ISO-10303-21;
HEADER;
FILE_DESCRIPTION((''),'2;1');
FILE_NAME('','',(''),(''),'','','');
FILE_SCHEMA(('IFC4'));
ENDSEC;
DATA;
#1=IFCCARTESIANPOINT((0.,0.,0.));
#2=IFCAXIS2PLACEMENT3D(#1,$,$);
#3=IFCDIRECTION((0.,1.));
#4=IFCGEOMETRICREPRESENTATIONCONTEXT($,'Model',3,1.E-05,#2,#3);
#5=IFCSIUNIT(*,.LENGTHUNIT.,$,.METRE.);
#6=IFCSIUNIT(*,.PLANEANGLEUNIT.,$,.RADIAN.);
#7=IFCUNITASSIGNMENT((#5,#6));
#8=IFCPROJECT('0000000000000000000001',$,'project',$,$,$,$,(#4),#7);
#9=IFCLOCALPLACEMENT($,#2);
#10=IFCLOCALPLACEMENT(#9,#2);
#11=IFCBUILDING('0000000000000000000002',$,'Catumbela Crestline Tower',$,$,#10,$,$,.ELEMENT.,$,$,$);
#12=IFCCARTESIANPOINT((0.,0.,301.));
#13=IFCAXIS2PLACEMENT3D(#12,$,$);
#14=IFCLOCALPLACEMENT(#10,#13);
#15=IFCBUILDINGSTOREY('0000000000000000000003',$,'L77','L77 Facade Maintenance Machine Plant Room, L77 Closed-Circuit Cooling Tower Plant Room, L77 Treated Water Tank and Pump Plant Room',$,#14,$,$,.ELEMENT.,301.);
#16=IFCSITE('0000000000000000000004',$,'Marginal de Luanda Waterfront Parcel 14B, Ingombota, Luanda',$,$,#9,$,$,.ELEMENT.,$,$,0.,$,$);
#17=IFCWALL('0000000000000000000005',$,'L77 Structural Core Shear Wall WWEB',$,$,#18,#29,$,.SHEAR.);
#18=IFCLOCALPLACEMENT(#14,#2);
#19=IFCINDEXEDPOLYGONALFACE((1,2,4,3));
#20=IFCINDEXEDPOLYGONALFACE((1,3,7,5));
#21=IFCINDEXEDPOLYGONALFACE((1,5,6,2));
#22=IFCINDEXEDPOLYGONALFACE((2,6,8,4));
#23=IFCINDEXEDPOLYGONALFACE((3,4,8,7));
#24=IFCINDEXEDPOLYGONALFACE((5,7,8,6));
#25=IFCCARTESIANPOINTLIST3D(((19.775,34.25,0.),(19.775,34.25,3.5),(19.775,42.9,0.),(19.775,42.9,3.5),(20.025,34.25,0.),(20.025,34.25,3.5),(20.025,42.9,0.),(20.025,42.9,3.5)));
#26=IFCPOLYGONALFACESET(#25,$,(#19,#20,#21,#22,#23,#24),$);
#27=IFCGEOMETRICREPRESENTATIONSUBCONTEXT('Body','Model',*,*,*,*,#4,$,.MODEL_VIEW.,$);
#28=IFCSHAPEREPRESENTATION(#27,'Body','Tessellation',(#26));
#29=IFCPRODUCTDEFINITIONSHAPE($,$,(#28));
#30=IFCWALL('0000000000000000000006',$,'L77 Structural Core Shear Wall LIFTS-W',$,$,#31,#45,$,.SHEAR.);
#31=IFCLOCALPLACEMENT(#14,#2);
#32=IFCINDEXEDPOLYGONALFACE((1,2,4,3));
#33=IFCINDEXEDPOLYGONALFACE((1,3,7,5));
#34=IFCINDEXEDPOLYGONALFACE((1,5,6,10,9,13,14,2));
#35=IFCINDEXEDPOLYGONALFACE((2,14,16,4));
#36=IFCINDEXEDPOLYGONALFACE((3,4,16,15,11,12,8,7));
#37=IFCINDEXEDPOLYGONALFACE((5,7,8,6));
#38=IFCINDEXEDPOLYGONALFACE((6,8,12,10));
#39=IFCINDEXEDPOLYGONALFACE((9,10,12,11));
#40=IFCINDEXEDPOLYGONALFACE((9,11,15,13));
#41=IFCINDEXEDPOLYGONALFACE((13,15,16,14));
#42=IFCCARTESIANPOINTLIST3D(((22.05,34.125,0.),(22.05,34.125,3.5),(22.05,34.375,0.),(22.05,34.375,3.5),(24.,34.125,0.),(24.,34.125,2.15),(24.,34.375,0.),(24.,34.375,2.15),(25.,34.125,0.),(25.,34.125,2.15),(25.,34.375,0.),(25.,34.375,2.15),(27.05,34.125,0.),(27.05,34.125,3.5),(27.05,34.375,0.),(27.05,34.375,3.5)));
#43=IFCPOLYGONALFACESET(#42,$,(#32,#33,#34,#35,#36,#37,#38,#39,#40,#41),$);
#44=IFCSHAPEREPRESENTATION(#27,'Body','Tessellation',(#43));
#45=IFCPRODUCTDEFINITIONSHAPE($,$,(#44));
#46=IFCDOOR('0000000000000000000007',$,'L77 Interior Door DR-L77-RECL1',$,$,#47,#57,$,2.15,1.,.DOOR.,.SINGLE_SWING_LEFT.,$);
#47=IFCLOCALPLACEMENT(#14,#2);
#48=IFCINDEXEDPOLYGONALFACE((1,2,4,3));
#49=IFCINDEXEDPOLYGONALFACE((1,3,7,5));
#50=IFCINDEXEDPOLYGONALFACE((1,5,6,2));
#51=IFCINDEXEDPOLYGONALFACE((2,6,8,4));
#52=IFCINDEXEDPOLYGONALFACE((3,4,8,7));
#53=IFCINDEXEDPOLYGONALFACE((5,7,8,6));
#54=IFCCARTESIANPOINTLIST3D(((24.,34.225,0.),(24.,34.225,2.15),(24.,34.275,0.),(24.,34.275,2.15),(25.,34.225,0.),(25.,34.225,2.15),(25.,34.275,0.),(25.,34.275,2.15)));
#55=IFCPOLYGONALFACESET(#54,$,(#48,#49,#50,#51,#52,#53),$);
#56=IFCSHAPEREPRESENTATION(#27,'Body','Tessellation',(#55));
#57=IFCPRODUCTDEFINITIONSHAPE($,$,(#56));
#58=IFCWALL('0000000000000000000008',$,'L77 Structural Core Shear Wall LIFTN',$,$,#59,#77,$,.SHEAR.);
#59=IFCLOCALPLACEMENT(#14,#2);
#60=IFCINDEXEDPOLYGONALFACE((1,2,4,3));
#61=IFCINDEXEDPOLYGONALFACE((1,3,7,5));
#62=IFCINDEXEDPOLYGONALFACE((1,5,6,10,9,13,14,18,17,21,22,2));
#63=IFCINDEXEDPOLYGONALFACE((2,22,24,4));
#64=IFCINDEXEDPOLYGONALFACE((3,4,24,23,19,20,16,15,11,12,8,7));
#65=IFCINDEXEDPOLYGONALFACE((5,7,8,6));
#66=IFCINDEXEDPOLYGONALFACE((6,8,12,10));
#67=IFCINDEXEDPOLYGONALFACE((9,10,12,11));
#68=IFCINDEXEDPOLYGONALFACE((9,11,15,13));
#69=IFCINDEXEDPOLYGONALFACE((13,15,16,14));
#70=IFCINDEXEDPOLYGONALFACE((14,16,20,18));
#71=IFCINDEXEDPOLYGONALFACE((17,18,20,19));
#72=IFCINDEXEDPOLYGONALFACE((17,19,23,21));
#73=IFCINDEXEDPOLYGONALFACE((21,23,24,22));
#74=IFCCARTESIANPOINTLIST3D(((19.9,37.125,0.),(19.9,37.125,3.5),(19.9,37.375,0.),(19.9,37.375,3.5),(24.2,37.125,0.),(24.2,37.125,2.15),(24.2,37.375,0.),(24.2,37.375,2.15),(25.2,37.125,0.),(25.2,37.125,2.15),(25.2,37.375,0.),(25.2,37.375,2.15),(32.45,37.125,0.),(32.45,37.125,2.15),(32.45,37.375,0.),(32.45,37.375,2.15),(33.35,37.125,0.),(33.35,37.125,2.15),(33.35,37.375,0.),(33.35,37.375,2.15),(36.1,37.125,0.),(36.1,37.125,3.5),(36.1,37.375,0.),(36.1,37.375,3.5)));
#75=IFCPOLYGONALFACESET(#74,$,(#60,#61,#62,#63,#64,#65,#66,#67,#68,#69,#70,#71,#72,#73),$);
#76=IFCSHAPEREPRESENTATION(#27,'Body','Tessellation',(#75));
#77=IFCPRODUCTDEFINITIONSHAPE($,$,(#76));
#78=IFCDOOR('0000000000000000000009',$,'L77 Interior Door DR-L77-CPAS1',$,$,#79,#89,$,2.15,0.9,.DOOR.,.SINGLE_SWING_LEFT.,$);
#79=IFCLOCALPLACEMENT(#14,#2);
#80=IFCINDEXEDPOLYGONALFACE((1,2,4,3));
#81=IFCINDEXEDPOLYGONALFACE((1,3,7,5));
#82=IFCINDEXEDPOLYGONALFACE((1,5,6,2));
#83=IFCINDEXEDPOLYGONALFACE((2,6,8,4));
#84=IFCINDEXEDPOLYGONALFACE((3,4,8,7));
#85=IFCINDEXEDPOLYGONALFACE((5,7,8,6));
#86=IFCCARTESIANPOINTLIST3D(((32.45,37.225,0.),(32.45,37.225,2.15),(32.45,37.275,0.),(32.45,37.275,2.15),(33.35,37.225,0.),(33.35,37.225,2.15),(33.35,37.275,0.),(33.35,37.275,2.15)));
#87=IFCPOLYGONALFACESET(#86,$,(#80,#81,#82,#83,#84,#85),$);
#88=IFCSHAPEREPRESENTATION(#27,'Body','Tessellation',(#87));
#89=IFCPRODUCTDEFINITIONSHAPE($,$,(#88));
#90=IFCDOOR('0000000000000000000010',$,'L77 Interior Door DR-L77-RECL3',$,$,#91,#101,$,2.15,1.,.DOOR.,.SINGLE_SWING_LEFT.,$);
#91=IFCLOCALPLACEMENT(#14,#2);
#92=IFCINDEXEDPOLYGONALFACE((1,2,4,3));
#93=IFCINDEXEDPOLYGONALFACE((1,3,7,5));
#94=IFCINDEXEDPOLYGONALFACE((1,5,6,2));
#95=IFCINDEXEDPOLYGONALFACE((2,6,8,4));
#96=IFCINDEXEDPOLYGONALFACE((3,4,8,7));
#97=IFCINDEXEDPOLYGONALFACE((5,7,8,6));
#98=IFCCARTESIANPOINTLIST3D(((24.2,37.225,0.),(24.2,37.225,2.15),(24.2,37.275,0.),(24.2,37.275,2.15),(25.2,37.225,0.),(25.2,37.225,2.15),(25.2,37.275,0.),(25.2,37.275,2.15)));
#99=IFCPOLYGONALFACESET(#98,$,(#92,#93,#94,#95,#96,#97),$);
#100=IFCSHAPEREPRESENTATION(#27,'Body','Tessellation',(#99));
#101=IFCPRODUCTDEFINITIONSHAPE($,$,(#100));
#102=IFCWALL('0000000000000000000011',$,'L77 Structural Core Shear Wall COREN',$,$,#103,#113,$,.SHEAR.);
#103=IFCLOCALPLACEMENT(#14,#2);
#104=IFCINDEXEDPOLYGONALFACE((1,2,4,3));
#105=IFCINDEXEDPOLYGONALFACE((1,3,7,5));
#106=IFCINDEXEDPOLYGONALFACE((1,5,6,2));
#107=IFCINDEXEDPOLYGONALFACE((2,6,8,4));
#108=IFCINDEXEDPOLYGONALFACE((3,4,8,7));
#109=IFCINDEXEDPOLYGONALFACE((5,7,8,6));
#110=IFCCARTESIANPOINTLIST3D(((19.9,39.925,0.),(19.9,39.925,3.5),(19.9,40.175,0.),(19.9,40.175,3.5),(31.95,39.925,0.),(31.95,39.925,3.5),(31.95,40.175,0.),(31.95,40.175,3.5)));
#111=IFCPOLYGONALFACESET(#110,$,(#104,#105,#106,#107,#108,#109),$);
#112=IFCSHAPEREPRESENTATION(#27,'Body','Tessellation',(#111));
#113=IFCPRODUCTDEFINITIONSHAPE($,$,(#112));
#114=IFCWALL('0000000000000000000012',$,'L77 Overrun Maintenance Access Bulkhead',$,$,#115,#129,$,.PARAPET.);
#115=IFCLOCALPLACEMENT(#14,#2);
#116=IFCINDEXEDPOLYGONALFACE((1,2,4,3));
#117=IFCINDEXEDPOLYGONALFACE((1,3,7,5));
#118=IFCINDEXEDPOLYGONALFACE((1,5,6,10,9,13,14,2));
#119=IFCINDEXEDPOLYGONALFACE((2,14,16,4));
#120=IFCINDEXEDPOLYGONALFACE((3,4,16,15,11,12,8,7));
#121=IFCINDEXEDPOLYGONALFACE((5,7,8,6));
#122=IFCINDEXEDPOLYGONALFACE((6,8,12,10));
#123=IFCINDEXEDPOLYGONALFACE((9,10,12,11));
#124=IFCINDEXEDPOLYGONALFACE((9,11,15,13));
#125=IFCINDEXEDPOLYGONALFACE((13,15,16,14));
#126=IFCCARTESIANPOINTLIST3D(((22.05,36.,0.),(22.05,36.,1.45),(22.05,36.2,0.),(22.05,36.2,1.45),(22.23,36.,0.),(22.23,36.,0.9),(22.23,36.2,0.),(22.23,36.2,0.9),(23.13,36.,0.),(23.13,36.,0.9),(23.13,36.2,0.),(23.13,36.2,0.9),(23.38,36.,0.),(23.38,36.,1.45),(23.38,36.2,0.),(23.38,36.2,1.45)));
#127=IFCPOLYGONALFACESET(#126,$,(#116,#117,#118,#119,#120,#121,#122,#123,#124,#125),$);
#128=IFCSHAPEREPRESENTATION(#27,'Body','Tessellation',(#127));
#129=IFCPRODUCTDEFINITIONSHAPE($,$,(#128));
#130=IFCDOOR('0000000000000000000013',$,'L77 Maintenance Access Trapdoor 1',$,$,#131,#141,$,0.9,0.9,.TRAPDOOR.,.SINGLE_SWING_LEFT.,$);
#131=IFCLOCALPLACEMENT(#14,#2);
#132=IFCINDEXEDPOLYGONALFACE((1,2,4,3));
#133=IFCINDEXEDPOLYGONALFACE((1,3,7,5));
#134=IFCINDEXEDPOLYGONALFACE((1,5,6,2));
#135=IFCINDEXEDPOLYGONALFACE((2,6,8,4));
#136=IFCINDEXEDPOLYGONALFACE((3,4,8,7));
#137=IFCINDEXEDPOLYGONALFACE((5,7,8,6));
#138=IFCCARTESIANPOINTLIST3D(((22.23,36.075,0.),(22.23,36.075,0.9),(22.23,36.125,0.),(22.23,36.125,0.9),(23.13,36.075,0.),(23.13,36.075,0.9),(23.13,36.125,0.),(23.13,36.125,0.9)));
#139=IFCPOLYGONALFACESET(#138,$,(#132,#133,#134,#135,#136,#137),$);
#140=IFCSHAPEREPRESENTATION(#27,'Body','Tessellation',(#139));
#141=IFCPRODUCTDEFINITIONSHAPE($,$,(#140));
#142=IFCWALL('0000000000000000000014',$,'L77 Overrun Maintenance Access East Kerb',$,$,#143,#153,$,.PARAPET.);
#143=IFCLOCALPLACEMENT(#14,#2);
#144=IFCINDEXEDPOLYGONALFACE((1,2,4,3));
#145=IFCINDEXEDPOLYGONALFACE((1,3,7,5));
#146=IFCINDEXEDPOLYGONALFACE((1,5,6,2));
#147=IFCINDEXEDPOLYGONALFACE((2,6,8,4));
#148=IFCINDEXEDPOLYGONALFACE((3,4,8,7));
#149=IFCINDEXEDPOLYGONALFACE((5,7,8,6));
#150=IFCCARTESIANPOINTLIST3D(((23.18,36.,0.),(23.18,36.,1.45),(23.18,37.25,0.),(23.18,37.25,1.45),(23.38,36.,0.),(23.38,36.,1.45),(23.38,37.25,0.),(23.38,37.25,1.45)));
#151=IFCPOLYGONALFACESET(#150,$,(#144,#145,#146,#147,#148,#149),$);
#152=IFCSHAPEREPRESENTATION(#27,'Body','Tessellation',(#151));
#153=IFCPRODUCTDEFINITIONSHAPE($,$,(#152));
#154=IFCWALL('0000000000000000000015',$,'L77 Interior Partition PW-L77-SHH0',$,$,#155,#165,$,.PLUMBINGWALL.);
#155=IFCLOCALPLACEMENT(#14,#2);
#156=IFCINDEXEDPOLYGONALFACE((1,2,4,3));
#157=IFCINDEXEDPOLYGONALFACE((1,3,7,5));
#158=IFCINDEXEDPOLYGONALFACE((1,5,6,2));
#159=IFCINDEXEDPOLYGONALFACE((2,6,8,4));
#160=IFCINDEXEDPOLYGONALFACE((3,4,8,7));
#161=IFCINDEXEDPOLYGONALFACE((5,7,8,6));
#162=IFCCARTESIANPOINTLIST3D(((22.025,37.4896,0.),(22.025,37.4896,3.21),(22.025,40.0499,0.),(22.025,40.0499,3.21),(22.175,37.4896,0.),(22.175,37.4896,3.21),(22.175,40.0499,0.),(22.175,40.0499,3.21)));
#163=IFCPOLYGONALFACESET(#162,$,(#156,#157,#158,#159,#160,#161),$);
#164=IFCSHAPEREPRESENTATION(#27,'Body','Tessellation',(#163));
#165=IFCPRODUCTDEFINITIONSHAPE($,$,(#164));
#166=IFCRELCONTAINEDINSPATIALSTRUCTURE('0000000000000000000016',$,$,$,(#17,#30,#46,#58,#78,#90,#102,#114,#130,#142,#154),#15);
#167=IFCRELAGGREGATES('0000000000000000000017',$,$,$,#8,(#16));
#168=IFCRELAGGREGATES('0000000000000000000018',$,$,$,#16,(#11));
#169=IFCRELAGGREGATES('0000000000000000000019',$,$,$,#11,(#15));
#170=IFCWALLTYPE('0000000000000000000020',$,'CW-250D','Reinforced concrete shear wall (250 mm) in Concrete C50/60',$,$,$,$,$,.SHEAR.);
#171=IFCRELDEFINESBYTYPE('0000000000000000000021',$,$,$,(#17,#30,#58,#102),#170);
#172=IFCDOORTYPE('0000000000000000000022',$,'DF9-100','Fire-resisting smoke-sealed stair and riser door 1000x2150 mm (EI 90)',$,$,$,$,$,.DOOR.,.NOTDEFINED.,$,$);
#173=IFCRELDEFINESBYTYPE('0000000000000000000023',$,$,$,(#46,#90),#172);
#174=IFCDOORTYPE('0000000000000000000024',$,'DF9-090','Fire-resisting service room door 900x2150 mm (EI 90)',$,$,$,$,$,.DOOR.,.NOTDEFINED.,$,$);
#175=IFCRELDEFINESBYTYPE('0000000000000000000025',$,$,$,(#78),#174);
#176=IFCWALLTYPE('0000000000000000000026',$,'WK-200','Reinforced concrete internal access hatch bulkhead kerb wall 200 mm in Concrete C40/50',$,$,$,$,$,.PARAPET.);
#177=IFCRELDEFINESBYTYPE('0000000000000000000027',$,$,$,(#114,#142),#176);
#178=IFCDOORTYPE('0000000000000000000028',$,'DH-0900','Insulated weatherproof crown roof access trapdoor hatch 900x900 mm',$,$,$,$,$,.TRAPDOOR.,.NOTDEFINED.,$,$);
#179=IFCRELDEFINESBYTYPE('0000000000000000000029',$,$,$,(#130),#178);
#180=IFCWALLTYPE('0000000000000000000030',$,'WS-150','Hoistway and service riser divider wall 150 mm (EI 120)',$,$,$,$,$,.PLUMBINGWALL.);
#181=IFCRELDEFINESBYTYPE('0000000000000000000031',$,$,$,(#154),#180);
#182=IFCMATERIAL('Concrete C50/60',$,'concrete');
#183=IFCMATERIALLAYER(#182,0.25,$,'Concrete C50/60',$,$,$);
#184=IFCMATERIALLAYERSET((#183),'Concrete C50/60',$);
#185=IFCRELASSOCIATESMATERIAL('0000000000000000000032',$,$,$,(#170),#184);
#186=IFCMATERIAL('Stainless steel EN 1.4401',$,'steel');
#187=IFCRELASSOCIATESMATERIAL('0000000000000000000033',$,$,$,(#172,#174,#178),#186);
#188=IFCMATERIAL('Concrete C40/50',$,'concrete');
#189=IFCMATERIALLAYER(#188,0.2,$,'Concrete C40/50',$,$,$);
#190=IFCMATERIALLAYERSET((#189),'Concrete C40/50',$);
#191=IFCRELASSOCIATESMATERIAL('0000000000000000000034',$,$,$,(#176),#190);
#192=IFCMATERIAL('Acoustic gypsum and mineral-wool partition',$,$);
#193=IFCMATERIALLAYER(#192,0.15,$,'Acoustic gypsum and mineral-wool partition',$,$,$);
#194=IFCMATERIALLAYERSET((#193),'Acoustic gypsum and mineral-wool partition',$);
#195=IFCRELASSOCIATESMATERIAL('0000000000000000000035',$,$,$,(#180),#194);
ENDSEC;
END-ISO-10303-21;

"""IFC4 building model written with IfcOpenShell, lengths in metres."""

from ifc_helpers import new_model, si_unit, direction, frame, frame_2d, origin, place, context, subcontext, project, spatial, rectangle, extrude, material, layer, layer_set, type_object, element, fill, save


model = new_model("IFC4")

# Units and contexts
model_context = context("Model", 3, precision=1e-05, world=origin(), true_north=direction((0.0, 1.0)))
body_context = subcontext(model_context, "Body", "Model", "MODEL_VIEW")
ifc_project = project(units=[si_unit("LENGTHUNIT", "METRE"), si_unit("PLANEANGLEUNIT", "RADIAN")], contexts=[model_context])

# Site, building, storey
site_placement = place(None, origin())
site = spatial("IfcSite", under=ifc_project, at=site_placement, Name="Marginal de Luanda Waterfront Parcel 14B, Ingombota, Luanda", CompositionType="ELEMENT", RefElevation=0.0)
building_placement = place(site_placement, origin())
building = spatial("IfcBuilding", under=site, at=building_placement, Name="Catumbela Crestline Tower", CompositionType="ELEMENT")
storey_placement = place(building_placement, frame((0.0, 0.0, 301.0)))
storey = spatial("IfcBuildingStorey", under=building, at=storey_placement, Name="L77", Description="L77 Facade Maintenance Machine Plant Room, L77 Closed-Circuit Cooling Tower Plant Room, L77 Treated Water Tank and Pump Plant Room", CompositionType="ELEMENT", Elevation=301.0)

# Wall
ifc_material_1 = material(Name="Concrete C50/60", Category="concrete")
ifc_layer_1 = layer(ifc_material_1, 0.25, Name="Concrete C50/60")
ifc_layer_set_1 = layer_set([ifc_layer_1], Name="Concrete C50/60")
wall_type_1 = type_object("IfcWallType", Name="CW-250D", Description="Reinforced concrete shear wall (250 mm) in Concrete C50/60", PredefinedType="SHEAR", material=ifc_layer_set_1)
wall_1_placement = place(storey_placement, frame((19.9, 34.25, 0.0), z_axis=(0.0, 0.0, 1.0), x_axis=(0.0, 1.0, 0.0)))
element("IfcWall", 1, at=wall_1_placement, inside=storey, type_object=wall_type_1, Name="L77 Structural Core Shear Wall WWEB", PredefinedType="SHEAR", context=body_context, shape_type="SweptSolid", body=[
    extrude(rectangle(XDim=8.65, YDim=0.25, at=frame_2d((4.325, 0.0))), origin(), (0.0, 0.0, 1.0), 3.5),
])

# Wall, opening, door
wall_2_placement = place(storey_placement, frame((22.05, 34.25, 0.0), z_axis=(0.0, 0.0, 1.0), x_axis=(1.0, 0.0, 0.0)))
wall_2 = element("IfcWall", 2, at=wall_2_placement, inside=storey, type_object=wall_type_1, Name="L77 Structural Core Shear Wall LIFTS-W", PredefinedType="SHEAR", context=body_context, shape_type="SweptSolid", body=[
    extrude(rectangle(XDim=5.0, YDim=0.25, at=frame_2d((2.5, 0.0))), origin(), (0.0, 0.0, 1.0), 3.5),
])
opening_1_placement = place(wall_2_placement, frame((1.95, 0.0, 0.0)))
opening_1 = element("IfcOpeningElement", 3, at=opening_1_placement, cuts=wall_2, PredefinedType="OPENING", context=body_context, shape_type="SweptSolid", body=[
    extrude(rectangle(XDim=1.0, YDim=2.15, at=frame_2d((0.5, 1.075))), frame((0.0, 0.135, 0.0), z_axis=(0.0, -1.0, 0.0), x_axis=(1.0, 0.0, 0.0)), (0.0, 0.0, 1.0), 0.27),
])
ifc_material_2 = material(Name="Stainless steel EN 1.4401", Category="steel")
door_type_1 = type_object("IfcDoorType", Name="DF9-100", Description="Fire-resisting smoke-sealed stair and riser door 1000x2150 mm (EI 90)", OperationType="NOTDEFINED", PredefinedType="DOOR", material=ifc_material_2)
door_1_placement = place(opening_1_placement, origin())
door_1 = element("IfcDoor", 4, at=door_1_placement, inside=storey, type_object=door_type_1, Name="L77 Interior Door DR-L77-RECL1", OperationType="SINGLE_SWING_LEFT", OverallHeight=2.15, OverallWidth=1.0, PredefinedType="DOOR", context=body_context, shape_type="SweptSolid", body=[
    extrude(rectangle(XDim=1.0, YDim=2.15, at=frame_2d((0.5, 1.075))), frame((0.0, 0.025, 0.0), z_axis=(0.0, -1.0, 0.0), x_axis=(1.0, 0.0, 0.0)), (0.0, 0.0, 1.0), 0.05),
])
fill(opening_1, door_1)

# Wall, openings, doors
wall_3_placement = place(storey_placement, frame((19.9, 37.25, 0.0), z_axis=(0.0, 0.0, 1.0), x_axis=(1.0, 0.0, 0.0)))
wall_3 = element("IfcWall", 5, at=wall_3_placement, inside=storey, type_object=wall_type_1, Name="L77 Structural Core Shear Wall LIFTN", PredefinedType="SHEAR", context=body_context, shape_type="SweptSolid", body=[
    extrude(rectangle(XDim=16.2, YDim=0.25, at=frame_2d((8.1, 0.0))), origin(), (0.0, 0.0, 1.0), 3.5),
])
opening_2_placement = place(wall_3_placement, frame((4.3, 0.0, 0.0)))
opening_2 = element("IfcOpeningElement", 6, at=opening_2_placement, cuts=wall_3, PredefinedType="OPENING", context=body_context, shape_type="SweptSolid", body=[
    extrude(rectangle(XDim=1.0, YDim=2.15, at=frame_2d((0.5, 1.075))), frame((0.0, 0.135, 0.0), z_axis=(0.0, -1.0, 0.0), x_axis=(1.0, 0.0, 0.0)), (0.0, 0.0, 1.0), 0.27),
])
opening_3_placement = place(wall_3_placement, frame((12.55, 0.0, 0.0)))
opening_3 = element("IfcOpeningElement", 7, at=opening_3_placement, cuts=wall_3, PredefinedType="OPENING", context=body_context, shape_type="SweptSolid", body=[
    extrude(rectangle(XDim=0.9, YDim=2.15, at=frame_2d((0.45, 1.075))), frame((0.0, 0.135, 0.0), z_axis=(0.0, -1.0, 0.0), x_axis=(1.0, 0.0, 0.0)), (0.0, 0.0, 1.0), 0.27),
])
door_type_2 = type_object("IfcDoorType", Name="DF9-090", Description="Fire-resisting service room door 900x2150 mm (EI 90)", OperationType="NOTDEFINED", PredefinedType="DOOR", material=ifc_material_2)
door_2_placement = place(opening_3_placement, origin())
door_2 = element("IfcDoor", 8, at=door_2_placement, inside=storey, type_object=door_type_2, Name="L77 Interior Door DR-L77-CPAS1", OperationType="SINGLE_SWING_LEFT", OverallHeight=2.15, OverallWidth=0.9, PredefinedType="DOOR", context=body_context, shape_type="SweptSolid", body=[
    extrude(rectangle(XDim=0.9, YDim=2.15, at=frame_2d((0.45, 1.075))), frame((0.0, 0.025, 0.0), z_axis=(0.0, -1.0, 0.0), x_axis=(1.0, 0.0, 0.0)), (0.0, 0.0, 1.0), 0.05),
])
fill(opening_3, door_2)
door_3_placement = place(opening_2_placement, origin())
door_3 = element("IfcDoor", 9, at=door_3_placement, inside=storey, type_object=door_type_1, Name="L77 Interior Door DR-L77-RECL3", OperationType="SINGLE_SWING_LEFT", OverallHeight=2.15, OverallWidth=1.0, PredefinedType="DOOR", context=body_context, shape_type="SweptSolid", body=[
    extrude(rectangle(XDim=1.0, YDim=2.15, at=frame_2d((0.5, 1.075))), frame((0.0, 0.025, 0.0), z_axis=(0.0, -1.0, 0.0), x_axis=(1.0, 0.0, 0.0)), (0.0, 0.0, 1.0), 0.05),
])
fill(opening_2, door_3)

# Wall
wall_4_placement = place(storey_placement, frame((19.9, 40.05, 0.0), z_axis=(0.0, 0.0, 1.0), x_axis=(1.0, 0.0, 0.0)))
element("IfcWall", 10, at=wall_4_placement, inside=storey, type_object=wall_type_1, Name="L77 Structural Core Shear Wall COREN", PredefinedType="SHEAR", context=body_context, shape_type="SweptSolid", body=[
    extrude(rectangle(XDim=12.05, YDim=0.25, at=frame_2d((6.025, 0.0))), origin(), (0.0, 0.0, 1.0), 3.5),
])

# Wall, opening, door
ifc_material_3 = material(Name="Concrete C40/50", Category="concrete")
ifc_layer_2 = layer(ifc_material_3, 0.2, Name="Concrete C40/50")
ifc_layer_set_2 = layer_set([ifc_layer_2], Name="Concrete C40/50")
wall_type_2 = type_object("IfcWallType", Name="WK-200", Description="Reinforced concrete internal access hatch bulkhead kerb wall 200 mm in Concrete C40/50", PredefinedType="PARAPET", material=ifc_layer_set_2)
wall_5_placement = place(storey_placement, frame((22.05, 36.1, 0.0), z_axis=(0.0, 0.0, 1.0), x_axis=(1.0, 0.0, 0.0)))
wall_5 = element("IfcWall", 11, at=wall_5_placement, inside=storey, type_object=wall_type_2, Name="L77 Overrun Maintenance Access Bulkhead", PredefinedType="PARAPET", context=body_context, shape_type="SweptSolid", body=[
    extrude(rectangle(XDim=1.33, YDim=0.2, at=frame_2d((0.665, 0.0))), origin(), (0.0, 0.0, 1.0), 1.45),
])
opening_4_placement = place(wall_5_placement, frame((0.18, 0.0, 0.0)))
opening_4 = element("IfcOpeningElement", 12, at=opening_4_placement, cuts=wall_5, PredefinedType="OPENING", context=body_context, shape_type="SweptSolid", body=[
    extrude(rectangle(XDim=0.9, YDim=0.9, at=frame_2d((0.45, 0.45))), frame((0.0, 0.11, 0.0), z_axis=(0.0, -1.0, 0.0), x_axis=(1.0, 0.0, 0.0)), (0.0, 0.0, 1.0), 0.22),
])
door_type_3 = type_object("IfcDoorType", Name="DH-0900", Description="Insulated weatherproof crown roof access trapdoor hatch 900x900 mm", OperationType="NOTDEFINED", PredefinedType="TRAPDOOR", material=ifc_material_2)
door_4_placement = place(opening_4_placement, origin())
door_4 = element("IfcDoor", 13, at=door_4_placement, inside=storey, type_object=door_type_3, Name="L77 Maintenance Access Trapdoor 1", OperationType="SINGLE_SWING_LEFT", OverallHeight=0.9, OverallWidth=0.9, PredefinedType="TRAPDOOR", context=body_context, shape_type="SweptSolid", body=[
    extrude(rectangle(XDim=0.9, YDim=0.9, at=frame_2d((0.45, 0.45))), frame((0.0, 0.025, 0.0), z_axis=(0.0, -1.0, 0.0), x_axis=(1.0, 0.0, 0.0)), (0.0, 0.0, 1.0), 0.05),
])
fill(opening_4, door_4)

# Walls
wall_6_placement = place(storey_placement, frame((23.28, 36.0, 0.0), z_axis=(0.0, 0.0, 1.0), x_axis=(0.0, 1.0, 0.0)))
element("IfcWall", 14, at=wall_6_placement, inside=storey, type_object=wall_type_2, Name="L77 Overrun Maintenance Access East Kerb", PredefinedType="PARAPET", context=body_context, shape_type="SweptSolid", body=[
    extrude(rectangle(XDim=1.25, YDim=0.2, at=frame_2d((0.625, 0.0))), origin(), (0.0, 0.0, 1.0), 1.45),
])
ifc_material_4 = material(Name="Acoustic gypsum and mineral-wool partition")
ifc_layer_3 = layer(ifc_material_4, 0.15, Name="Acoustic gypsum and mineral-wool partition")
ifc_layer_set_3 = layer_set([ifc_layer_3], Name="Acoustic gypsum and mineral-wool partition")
wall_type_3 = type_object("IfcWallType", Name="WS-150", Description="Hoistway and service riser divider wall 150 mm (EI 120)", PredefinedType="PLUMBINGWALL", material=ifc_layer_set_3)
wall_7_placement = place(storey_placement, frame((22.1, 37.4897, 0.0), z_axis=(0.0, 0.0, 1.0), x_axis=(0.0, 1.0, 0.0)))
element("IfcWall", 15, at=wall_7_placement, inside=storey, type_object=wall_type_3, Name="L77 Interior Partition PW-L77-SHH0", PredefinedType="PLUMBINGWALL", context=body_context, shape_type="SweptSolid", body=[
    extrude(rectangle(XDim=2.5603, YDim=0.15, at=frame_2d((1.2801, 0.0))), origin(), (0.0, 0.0, 1.0), 3.21),
])

save(model, "model.ifc")
